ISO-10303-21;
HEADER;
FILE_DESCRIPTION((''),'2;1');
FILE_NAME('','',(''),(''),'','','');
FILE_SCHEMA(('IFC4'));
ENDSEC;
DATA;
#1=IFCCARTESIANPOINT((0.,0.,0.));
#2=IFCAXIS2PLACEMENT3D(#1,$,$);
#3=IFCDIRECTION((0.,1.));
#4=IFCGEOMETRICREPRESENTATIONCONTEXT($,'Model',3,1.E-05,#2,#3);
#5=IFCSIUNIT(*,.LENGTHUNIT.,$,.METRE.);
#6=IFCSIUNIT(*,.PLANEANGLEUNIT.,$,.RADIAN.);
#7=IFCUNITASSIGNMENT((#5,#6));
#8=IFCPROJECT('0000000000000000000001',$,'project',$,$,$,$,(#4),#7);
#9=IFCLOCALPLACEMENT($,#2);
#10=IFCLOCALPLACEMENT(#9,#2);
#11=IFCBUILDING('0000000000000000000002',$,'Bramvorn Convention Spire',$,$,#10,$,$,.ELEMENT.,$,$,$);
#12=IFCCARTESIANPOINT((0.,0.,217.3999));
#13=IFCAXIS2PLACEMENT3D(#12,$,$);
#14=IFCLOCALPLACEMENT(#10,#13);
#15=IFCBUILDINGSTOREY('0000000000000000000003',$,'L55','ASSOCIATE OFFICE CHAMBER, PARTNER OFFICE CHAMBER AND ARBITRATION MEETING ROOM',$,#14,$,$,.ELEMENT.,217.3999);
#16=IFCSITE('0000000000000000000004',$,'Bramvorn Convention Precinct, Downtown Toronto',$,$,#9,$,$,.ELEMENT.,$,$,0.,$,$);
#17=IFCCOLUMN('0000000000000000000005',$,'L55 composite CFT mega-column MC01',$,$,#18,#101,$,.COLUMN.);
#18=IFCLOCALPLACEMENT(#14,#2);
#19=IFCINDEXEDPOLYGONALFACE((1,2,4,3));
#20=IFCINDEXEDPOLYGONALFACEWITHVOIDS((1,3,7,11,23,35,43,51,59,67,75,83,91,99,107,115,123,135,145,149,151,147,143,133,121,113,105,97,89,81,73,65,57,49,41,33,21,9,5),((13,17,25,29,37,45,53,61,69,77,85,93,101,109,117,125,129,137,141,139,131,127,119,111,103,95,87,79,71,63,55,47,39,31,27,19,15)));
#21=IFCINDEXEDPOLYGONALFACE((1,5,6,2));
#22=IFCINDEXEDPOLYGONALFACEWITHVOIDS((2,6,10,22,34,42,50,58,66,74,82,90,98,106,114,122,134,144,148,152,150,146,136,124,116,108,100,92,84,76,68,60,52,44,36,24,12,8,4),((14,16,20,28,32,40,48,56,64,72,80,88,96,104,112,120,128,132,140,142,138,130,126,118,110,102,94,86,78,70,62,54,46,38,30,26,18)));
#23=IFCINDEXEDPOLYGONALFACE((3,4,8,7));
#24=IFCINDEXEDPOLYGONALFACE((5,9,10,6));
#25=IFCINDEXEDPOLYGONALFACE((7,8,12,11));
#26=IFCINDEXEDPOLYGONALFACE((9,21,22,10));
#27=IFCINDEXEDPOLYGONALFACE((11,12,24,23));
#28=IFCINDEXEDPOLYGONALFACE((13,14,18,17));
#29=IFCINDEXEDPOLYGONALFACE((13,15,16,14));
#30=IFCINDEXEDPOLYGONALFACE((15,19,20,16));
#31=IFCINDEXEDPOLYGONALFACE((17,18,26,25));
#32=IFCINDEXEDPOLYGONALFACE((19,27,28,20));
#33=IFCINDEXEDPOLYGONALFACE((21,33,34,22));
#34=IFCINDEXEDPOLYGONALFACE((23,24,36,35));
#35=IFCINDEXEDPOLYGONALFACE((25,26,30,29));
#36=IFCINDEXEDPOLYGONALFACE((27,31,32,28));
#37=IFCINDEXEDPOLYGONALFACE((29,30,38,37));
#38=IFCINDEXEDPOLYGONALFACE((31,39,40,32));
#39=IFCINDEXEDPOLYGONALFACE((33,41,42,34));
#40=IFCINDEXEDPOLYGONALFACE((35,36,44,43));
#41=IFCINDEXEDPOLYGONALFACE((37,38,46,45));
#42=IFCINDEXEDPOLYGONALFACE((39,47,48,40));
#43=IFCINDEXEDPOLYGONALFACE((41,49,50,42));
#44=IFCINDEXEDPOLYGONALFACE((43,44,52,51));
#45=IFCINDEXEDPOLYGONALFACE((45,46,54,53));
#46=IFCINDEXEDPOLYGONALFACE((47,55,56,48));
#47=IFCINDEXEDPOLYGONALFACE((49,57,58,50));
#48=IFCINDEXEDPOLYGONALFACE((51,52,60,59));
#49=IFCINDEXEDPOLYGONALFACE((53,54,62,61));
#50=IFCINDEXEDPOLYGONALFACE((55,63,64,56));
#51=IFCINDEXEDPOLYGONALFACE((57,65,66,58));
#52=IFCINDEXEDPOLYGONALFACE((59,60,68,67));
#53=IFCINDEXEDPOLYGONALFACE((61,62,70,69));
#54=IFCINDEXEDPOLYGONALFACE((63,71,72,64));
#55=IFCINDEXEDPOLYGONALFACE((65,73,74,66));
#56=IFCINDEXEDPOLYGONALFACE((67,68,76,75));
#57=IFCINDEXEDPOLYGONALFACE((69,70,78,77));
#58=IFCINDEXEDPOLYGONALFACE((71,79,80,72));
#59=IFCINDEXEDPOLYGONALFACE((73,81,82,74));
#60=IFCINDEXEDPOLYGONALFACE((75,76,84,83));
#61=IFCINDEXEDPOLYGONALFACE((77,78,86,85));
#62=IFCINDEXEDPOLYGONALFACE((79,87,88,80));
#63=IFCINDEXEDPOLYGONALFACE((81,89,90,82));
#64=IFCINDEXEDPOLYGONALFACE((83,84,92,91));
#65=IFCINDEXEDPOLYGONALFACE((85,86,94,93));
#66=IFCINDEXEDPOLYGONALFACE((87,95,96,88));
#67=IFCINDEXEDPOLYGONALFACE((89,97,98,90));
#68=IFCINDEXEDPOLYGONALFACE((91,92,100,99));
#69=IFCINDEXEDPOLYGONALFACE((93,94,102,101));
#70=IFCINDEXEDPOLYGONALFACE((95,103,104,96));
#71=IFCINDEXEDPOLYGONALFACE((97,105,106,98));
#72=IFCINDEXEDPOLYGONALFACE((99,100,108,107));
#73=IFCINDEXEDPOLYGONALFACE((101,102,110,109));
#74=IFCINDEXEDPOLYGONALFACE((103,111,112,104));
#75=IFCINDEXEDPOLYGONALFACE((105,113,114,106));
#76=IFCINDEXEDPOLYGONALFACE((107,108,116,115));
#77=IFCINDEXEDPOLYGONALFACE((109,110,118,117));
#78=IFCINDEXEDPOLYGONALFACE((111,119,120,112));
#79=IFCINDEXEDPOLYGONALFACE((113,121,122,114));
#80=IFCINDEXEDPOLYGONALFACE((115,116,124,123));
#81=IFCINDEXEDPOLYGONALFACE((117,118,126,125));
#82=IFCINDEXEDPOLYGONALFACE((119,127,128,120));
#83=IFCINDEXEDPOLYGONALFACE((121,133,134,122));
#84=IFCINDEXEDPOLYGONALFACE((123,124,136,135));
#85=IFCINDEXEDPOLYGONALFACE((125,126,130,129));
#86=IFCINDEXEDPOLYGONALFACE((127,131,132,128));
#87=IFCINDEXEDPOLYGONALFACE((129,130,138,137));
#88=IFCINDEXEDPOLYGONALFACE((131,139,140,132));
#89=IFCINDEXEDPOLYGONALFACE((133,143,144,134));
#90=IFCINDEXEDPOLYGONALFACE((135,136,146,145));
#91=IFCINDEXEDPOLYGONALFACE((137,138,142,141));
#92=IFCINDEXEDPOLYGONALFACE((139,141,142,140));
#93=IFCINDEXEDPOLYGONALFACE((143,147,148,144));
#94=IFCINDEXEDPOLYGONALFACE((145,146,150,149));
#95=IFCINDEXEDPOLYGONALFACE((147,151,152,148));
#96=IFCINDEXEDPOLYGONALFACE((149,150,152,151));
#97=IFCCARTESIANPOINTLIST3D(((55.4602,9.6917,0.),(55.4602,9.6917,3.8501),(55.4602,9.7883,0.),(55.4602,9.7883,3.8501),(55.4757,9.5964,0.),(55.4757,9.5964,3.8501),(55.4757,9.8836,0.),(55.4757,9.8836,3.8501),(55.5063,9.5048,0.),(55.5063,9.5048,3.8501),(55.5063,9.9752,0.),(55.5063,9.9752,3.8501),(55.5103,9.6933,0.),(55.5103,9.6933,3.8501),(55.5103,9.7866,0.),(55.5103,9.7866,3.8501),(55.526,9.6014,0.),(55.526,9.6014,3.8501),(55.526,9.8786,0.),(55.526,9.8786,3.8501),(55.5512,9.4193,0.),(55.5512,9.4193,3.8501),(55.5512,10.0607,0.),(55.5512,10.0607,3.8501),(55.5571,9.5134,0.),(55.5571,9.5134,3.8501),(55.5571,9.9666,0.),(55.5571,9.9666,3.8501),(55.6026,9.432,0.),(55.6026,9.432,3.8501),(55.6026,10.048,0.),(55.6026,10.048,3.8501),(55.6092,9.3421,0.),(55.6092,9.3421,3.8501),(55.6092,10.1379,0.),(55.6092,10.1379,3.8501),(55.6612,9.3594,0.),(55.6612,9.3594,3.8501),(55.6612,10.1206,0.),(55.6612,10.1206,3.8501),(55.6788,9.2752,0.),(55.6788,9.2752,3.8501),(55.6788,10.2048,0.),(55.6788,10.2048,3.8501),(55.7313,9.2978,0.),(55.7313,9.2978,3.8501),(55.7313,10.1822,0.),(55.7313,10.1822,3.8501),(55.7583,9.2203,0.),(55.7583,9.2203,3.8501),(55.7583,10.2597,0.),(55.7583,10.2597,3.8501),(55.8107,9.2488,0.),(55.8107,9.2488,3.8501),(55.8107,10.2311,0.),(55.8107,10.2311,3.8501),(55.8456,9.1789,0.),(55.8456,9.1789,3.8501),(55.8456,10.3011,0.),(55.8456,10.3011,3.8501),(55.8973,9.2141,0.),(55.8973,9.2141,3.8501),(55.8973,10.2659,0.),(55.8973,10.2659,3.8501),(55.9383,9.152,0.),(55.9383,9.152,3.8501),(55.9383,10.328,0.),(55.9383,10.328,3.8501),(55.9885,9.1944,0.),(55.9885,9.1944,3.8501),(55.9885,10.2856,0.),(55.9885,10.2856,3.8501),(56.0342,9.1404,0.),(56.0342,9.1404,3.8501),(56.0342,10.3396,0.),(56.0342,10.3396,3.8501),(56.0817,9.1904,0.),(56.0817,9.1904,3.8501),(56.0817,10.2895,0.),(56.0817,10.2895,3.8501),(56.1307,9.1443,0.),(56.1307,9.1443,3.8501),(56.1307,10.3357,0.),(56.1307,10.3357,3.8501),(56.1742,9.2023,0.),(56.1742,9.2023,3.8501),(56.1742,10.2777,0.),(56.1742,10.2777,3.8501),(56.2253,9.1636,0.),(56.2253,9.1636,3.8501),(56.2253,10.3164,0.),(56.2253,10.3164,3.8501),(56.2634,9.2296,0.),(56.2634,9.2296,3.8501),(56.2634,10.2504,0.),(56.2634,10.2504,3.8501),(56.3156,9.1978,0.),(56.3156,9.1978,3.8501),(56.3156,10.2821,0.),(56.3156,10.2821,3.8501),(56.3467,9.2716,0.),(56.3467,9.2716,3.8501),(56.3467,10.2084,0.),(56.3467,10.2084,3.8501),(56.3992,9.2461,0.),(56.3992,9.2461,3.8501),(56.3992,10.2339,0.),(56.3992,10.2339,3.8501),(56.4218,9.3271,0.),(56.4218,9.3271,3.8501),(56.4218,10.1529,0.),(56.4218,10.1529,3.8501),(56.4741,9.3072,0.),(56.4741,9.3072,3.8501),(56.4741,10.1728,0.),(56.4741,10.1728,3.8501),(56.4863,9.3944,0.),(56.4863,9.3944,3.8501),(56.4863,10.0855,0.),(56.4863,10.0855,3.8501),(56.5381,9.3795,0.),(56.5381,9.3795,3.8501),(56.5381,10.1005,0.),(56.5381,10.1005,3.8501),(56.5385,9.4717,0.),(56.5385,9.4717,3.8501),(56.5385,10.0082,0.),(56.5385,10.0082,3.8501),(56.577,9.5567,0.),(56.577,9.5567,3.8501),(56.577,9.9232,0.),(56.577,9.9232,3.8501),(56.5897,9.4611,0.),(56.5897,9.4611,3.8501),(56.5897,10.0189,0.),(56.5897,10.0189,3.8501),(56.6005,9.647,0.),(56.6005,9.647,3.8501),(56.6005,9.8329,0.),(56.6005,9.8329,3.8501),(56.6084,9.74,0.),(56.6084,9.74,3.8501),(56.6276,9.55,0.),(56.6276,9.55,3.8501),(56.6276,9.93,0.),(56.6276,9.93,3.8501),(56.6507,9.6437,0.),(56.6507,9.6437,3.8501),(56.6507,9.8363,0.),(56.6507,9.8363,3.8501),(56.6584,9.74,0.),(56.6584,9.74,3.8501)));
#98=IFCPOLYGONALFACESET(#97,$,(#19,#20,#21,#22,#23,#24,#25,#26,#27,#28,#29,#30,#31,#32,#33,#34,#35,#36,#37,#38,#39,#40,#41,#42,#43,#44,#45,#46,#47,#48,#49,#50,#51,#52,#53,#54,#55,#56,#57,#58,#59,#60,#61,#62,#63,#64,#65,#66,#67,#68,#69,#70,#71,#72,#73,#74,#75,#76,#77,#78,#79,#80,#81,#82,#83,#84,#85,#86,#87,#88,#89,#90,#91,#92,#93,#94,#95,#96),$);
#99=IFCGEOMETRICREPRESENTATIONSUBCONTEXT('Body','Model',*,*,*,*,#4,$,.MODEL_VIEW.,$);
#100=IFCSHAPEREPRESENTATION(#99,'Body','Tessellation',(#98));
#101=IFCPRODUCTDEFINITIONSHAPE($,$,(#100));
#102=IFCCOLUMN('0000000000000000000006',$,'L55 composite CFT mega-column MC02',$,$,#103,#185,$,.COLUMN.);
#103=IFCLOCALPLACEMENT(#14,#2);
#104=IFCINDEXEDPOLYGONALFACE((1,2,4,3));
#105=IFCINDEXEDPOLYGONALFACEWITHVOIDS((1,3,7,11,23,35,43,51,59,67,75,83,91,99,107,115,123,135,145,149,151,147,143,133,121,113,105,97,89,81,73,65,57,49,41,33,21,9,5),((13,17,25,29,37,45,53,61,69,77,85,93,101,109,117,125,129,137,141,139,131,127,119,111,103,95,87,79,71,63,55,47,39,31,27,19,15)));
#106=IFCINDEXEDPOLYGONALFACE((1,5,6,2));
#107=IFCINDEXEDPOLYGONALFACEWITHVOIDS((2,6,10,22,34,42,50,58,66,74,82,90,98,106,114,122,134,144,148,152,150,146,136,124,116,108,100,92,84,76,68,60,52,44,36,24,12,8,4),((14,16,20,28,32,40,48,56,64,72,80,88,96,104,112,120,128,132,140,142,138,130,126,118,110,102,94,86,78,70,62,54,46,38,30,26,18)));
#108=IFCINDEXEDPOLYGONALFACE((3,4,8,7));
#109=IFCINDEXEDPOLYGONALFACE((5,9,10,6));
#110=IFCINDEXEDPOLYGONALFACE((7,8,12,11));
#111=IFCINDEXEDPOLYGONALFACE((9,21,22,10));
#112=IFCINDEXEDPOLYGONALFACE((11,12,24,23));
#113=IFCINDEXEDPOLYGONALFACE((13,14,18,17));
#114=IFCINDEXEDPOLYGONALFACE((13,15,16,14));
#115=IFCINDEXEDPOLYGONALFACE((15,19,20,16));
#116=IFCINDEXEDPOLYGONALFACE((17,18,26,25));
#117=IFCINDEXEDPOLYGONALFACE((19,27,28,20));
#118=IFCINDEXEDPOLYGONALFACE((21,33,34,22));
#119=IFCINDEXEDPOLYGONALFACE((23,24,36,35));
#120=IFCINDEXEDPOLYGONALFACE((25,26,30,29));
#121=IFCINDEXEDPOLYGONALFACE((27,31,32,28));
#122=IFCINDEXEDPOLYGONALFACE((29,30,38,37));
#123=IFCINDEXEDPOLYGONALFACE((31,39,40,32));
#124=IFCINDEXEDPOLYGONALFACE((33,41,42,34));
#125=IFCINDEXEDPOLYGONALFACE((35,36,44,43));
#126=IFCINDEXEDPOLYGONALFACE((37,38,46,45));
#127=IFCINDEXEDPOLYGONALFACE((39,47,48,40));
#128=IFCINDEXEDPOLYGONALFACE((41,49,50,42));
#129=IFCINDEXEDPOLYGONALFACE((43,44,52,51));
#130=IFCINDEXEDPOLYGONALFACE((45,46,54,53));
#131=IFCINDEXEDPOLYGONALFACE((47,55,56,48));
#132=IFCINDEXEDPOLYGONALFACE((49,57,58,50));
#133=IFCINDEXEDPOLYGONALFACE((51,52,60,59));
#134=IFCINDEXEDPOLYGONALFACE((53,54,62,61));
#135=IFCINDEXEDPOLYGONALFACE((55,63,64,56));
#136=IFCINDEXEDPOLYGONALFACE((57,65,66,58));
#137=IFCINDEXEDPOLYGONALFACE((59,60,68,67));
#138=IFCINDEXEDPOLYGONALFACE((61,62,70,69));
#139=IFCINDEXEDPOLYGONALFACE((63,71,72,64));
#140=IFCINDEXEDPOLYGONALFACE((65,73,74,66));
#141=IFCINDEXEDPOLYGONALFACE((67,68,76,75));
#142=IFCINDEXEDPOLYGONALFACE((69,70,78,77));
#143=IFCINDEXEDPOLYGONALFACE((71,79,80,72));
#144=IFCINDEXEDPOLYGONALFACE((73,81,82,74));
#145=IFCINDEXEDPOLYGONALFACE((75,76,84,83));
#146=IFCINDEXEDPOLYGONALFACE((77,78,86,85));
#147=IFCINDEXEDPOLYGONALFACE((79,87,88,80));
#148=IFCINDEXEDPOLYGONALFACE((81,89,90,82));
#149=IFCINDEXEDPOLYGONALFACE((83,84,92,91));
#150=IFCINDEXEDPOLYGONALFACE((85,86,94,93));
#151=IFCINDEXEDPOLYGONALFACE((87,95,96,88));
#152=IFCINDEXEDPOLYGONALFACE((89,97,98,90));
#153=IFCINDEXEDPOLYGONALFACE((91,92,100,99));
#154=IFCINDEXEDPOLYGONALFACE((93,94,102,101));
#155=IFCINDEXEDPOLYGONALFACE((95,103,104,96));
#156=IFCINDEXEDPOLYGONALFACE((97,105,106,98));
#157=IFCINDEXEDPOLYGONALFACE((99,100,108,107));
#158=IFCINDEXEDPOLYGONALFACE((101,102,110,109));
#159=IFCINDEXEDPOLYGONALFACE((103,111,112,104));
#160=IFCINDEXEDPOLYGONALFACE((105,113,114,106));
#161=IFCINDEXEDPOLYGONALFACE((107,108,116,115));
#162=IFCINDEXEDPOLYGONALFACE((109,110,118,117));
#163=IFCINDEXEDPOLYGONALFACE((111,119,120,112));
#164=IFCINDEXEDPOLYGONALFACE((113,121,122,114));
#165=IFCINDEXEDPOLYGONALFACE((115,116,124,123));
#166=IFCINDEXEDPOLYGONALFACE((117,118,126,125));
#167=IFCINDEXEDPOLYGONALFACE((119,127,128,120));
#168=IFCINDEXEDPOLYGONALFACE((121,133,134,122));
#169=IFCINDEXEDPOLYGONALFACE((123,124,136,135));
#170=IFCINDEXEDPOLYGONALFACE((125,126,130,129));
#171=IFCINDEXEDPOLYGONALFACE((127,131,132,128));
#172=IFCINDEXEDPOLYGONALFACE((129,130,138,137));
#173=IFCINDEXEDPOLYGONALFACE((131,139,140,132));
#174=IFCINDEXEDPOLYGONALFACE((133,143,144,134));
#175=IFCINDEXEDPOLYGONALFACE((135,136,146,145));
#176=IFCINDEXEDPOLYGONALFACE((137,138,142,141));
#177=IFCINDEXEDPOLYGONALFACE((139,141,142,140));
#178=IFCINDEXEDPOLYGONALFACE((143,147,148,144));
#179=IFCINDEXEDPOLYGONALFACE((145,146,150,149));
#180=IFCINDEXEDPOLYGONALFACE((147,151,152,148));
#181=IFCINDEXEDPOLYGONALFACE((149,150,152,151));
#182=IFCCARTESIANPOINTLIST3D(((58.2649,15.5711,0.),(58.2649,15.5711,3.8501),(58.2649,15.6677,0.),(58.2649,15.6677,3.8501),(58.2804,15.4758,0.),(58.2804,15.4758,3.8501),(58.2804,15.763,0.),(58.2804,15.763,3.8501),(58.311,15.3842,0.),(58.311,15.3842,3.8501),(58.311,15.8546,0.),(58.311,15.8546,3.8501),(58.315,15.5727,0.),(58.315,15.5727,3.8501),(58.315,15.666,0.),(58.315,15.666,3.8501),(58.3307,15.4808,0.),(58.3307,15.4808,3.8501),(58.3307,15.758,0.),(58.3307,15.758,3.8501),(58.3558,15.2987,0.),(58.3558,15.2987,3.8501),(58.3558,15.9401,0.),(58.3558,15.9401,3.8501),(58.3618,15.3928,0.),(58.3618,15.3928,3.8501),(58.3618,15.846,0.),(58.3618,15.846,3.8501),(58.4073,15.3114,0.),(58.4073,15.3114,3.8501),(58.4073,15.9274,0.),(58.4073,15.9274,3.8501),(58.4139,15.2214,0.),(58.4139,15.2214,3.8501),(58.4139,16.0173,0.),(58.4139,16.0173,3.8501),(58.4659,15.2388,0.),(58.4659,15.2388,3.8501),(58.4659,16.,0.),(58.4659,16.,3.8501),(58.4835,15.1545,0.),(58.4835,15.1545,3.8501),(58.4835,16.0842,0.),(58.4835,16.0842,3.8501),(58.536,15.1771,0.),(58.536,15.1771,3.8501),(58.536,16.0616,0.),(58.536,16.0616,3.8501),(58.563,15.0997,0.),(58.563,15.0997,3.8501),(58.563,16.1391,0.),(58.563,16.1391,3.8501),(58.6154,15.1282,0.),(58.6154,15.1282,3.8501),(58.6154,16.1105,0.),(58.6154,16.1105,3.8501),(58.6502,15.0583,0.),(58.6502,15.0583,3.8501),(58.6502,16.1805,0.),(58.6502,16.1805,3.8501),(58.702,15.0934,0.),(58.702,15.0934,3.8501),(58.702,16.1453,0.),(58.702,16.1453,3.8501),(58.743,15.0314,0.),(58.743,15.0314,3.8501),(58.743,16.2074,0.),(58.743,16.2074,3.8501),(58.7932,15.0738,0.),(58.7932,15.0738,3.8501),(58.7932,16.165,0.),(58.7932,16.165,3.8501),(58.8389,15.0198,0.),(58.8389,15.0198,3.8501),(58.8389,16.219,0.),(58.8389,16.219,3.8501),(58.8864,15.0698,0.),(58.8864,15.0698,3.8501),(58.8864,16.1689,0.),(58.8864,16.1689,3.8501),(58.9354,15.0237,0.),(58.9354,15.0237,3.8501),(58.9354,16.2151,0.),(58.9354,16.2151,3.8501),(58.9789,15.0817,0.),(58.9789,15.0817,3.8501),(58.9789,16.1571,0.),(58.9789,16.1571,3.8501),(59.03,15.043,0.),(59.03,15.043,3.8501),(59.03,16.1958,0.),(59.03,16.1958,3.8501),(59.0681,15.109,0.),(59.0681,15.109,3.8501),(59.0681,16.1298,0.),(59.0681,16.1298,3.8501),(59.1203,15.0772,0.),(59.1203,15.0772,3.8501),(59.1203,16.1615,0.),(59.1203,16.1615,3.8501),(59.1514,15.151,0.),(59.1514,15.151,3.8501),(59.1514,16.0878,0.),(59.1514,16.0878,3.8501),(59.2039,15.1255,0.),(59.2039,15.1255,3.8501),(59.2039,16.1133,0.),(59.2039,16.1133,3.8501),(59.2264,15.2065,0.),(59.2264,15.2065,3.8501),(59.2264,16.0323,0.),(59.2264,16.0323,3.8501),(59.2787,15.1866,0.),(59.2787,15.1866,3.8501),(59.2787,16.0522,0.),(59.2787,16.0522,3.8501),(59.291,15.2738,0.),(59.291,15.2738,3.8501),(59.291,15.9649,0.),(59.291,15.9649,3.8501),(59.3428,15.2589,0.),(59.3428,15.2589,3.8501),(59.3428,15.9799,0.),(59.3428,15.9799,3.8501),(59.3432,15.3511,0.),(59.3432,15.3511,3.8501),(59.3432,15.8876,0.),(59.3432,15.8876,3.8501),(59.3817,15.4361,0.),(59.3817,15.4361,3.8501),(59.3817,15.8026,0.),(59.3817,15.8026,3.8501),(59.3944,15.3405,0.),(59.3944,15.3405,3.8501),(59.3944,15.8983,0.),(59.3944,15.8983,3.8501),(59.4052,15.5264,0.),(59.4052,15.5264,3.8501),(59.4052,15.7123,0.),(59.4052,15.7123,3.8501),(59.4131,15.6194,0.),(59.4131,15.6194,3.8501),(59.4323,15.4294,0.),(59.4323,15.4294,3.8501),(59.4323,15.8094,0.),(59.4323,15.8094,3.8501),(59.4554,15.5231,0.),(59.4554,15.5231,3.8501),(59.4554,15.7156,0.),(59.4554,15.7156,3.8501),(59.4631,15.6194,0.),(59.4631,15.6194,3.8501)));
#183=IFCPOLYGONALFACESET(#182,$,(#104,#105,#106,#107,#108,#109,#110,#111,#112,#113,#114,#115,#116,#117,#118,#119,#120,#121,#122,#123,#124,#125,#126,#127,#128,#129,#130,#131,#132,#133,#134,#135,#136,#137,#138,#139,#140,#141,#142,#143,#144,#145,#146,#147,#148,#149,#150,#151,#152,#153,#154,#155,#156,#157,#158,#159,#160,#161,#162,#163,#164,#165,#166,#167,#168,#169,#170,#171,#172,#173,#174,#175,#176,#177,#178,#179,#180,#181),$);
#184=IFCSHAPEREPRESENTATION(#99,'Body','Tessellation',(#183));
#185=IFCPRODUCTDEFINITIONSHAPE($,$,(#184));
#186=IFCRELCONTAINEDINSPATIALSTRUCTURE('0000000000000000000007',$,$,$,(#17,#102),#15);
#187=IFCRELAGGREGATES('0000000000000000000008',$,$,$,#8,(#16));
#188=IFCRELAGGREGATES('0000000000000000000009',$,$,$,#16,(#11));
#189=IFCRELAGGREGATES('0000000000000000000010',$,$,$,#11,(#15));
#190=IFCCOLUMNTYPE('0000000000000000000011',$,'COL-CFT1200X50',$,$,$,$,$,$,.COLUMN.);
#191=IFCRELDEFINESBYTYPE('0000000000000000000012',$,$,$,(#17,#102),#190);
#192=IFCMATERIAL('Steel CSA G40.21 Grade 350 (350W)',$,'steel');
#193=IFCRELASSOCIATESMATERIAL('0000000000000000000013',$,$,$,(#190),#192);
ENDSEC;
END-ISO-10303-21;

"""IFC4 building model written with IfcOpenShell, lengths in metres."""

from ifc_helpers import new_model, si_unit, direction, frame, origin, origin_2d, place, context, subcontext, project, spatial, hollow_circle, extrude, material, material_profile, profile_set, type_object, element, save


model = new_model("IFC4")

# Units and contexts
model_context = context("Model", 3, precision=1e-05, world=origin(), true_north=direction((0.0, 1.0)))
body_context = subcontext(model_context, "Body", "Model", "MODEL_VIEW")
ifc_project = project(units=[si_unit("LENGTHUNIT", "METRE"), si_unit("PLANEANGLEUNIT", "RADIAN")], contexts=[model_context])

# Site, building, storey
site_placement = place(None, origin())
site = spatial("IfcSite", under=ifc_project, at=site_placement, Name="Bramvorn Convention Precinct, Downtown Toronto", CompositionType="ELEMENT", RefElevation=0.0)
building_placement = place(site_placement, origin())
building = spatial("IfcBuilding", under=site, at=building_placement, Name="Bramvorn Convention Spire", CompositionType="ELEMENT")
storey_placement = place(building_placement, frame((0.0, 0.0, 217.3999)))
storey = spatial("IfcBuildingStorey", under=building, at=storey_placement, Name="L55", Description="ASSOCIATE OFFICE CHAMBER, PARTNER OFFICE CHAMBER AND ARBITRATION MEETING ROOM", CompositionType="ELEMENT", Elevation=217.3999)

# Columns
ifc_material_1 = material(Name="Steel CSA G40.21 Grade 350 (350W)", Category="steel")
ifc_material_profile_1 = material_profile(ifc_material_1, hollow_circle(Radius=0.6001, WallThickness=0.05, at=origin_2d()))
ifc_profile_set_1 = profile_set([ifc_material_profile_1], Name="Steel CSA G40.21 Grade 350 (350W) - CFT1200X50")
column_type = type_object("IfcColumnType", Name="COL-CFT1200X50", PredefinedType="COLUMN", material=ifc_profile_set_1)
for number, where, z_axis, x_axis, name in (
    (1, (56.0583, 9.74, 0.0), (0.0, 0.0, 1.0), (1.0, 0.0, 0.0), "L55 composite CFT mega-column MC01"),
    (2, (58.863, 15.6194, 0.0), (0.0, 0.0, 1.0), (1.0, 0.0, 0.0), "L55 composite CFT mega-column MC02"),
):
    element("IfcColumn", number, at=place(storey_placement, frame(where, z_axis=z_axis, x_axis=x_axis)), inside=storey, type_object=column_type, Name=name, PredefinedType="COLUMN", context=body_context, shape_type="SweptSolid", body=[
        extrude(hollow_circle(Radius=0.6001, WallThickness=0.05, at=origin_2d()), origin(), (0.0, 0.0, 1.0), 3.8501),
    ])

save(model, "model.ifc")
